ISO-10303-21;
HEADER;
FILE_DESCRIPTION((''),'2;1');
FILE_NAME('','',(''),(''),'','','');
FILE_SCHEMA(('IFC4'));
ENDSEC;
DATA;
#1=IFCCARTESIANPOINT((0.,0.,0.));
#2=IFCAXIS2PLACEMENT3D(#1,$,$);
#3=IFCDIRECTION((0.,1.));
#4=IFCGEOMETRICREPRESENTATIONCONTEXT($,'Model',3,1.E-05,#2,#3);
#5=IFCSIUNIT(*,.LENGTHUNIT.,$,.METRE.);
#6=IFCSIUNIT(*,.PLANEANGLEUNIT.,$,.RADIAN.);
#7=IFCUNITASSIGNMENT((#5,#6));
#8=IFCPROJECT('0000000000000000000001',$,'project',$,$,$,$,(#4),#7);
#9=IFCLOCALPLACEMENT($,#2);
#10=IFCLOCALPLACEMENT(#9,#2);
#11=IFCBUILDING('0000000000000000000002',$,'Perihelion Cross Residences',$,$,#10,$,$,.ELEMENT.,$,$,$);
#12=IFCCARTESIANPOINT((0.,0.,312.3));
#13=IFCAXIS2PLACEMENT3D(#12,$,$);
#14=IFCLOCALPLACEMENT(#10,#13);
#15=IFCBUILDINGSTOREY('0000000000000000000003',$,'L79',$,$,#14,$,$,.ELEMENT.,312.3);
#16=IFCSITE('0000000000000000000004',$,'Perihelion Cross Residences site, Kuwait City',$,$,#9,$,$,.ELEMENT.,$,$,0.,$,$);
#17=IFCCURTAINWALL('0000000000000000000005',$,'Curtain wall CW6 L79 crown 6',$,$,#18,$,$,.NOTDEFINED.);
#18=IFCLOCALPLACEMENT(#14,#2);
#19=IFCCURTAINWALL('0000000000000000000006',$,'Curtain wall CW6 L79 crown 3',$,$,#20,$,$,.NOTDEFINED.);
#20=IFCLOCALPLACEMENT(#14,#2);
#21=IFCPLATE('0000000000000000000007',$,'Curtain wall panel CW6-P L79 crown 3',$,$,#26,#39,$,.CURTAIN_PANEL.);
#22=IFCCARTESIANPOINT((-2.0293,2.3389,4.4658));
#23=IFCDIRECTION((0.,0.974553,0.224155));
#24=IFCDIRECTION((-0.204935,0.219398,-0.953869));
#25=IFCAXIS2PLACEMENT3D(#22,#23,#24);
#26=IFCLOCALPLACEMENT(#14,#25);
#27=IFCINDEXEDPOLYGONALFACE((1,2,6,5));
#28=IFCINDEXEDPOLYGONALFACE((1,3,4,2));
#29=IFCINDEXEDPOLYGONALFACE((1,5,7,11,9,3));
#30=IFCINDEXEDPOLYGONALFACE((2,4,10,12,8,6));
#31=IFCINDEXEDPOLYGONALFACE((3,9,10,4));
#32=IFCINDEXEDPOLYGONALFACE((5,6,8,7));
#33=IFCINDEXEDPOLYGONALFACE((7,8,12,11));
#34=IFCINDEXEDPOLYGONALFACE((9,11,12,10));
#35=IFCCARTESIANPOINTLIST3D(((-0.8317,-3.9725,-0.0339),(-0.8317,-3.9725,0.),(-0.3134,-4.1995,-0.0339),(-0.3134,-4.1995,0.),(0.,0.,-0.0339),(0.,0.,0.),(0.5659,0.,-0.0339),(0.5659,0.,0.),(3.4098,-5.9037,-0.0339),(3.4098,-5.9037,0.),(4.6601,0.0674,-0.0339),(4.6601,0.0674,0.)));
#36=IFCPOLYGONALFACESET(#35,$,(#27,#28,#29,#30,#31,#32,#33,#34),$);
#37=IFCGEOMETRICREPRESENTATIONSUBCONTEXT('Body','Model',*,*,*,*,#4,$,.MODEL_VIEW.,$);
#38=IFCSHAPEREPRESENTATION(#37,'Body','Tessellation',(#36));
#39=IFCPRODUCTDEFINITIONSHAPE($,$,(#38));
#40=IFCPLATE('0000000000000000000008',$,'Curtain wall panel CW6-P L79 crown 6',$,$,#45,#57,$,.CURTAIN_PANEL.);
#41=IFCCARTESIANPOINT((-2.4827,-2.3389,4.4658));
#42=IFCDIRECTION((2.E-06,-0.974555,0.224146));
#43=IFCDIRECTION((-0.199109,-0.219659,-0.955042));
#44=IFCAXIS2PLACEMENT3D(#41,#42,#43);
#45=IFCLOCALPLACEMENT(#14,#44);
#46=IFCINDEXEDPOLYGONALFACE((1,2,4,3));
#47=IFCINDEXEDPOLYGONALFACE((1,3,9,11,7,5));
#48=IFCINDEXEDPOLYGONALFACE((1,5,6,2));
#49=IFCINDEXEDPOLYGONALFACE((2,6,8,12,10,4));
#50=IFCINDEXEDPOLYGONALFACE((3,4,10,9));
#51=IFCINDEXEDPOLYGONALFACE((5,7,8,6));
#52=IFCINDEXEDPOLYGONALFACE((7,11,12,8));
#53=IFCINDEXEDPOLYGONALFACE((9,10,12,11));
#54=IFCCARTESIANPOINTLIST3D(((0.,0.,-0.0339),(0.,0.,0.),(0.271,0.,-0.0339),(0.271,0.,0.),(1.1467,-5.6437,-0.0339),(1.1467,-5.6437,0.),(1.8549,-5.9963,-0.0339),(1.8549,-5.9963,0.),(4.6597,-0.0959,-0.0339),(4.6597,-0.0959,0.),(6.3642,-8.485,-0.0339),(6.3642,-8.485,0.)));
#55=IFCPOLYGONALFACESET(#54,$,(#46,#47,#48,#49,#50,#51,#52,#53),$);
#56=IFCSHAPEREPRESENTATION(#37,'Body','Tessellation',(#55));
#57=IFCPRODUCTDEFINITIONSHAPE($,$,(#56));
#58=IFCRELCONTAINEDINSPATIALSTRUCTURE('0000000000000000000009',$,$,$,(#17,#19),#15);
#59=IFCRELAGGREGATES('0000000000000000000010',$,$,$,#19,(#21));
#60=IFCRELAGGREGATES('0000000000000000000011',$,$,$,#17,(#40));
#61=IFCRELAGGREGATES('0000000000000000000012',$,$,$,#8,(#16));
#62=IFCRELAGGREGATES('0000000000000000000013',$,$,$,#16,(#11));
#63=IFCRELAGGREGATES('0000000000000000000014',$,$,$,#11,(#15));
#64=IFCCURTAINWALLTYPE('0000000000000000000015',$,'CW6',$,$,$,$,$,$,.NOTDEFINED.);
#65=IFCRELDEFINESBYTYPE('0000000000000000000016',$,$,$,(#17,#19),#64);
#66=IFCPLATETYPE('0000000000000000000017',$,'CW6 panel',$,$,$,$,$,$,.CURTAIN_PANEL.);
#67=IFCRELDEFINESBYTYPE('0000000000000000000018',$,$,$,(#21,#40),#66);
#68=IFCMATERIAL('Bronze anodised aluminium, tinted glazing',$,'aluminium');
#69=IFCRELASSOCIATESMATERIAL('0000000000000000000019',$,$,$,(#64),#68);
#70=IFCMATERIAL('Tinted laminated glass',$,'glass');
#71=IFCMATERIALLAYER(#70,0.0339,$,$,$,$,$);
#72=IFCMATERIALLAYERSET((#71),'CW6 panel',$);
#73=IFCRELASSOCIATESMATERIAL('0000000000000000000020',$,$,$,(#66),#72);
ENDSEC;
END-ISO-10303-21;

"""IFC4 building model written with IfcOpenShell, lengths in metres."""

from ifc_helpers import new_model, si_unit, direction, frame, origin, place, context, subcontext, project, spatial, polyline, outline, extrude, material, layer, layer_set, type_object, element, aggregate, save


model = new_model("IFC4")

# Units and contexts
model_context = context("Model", 3, precision=1e-05, world=origin(), true_north=direction((0.0, 1.0)))
body_context = subcontext(model_context, "Body", "Model", "MODEL_VIEW")
ifc_project = project(units=[si_unit("LENGTHUNIT", "METRE"), si_unit("PLANEANGLEUNIT", "RADIAN")], contexts=[model_context])

# Site, building, storey
site_placement = place(None, origin())
site = spatial("IfcSite", under=ifc_project, at=site_placement, Name="Perihelion Cross Residences site, Kuwait City", CompositionType="ELEMENT", RefElevation=0.0)
building_placement = place(site_placement, origin())
building = spatial("IfcBuilding", under=site, at=building_placement, Name="Perihelion Cross Residences", CompositionType="ELEMENT")
storey_placement = place(building_placement, frame((0.0, 0.0, 312.3)))
storey = spatial("IfcBuildingStorey", under=building, at=storey_placement, Name="L79", CompositionType="ELEMENT", Elevation=312.3)

# Curtain wall
ifc_material_1 = material(Name="Bronze anodised aluminium, tinted glazing", Category="aluminium")
curtain_wall_type = type_object("IfcCurtainWallType", Name="CW6", PredefinedType="NOTDEFINED", material=ifc_material_1)
curtain_wall_1_placement = place(storey_placement, origin())
curtain_wall_1 = element("IfcCurtainWall", 1, at=curtain_wall_1_placement, inside=storey, type_object=curtain_wall_type, Name="Curtain wall CW6 L79 crown 6", PredefinedType="NOTDEFINED")

# Curtain wall, plate
curtain_wall_2_placement = place(storey_placement, origin())
curtain_wall_2 = element("IfcCurtainWall", 2, at=curtain_wall_2_placement, inside=storey, type_object=curtain_wall_type, Name="Curtain wall CW6 L79 crown 3", PredefinedType="NOTDEFINED")
ifc_material_2 = material(Name="Tinted laminated glass", Category="glass")
ifc_layer_1 = layer(ifc_material_2, 0.0339)
ifc_layer_set_1 = layer_set([ifc_layer_1], Name="CW6 panel")
plate_type = type_object("IfcPlateType", Name="CW6 panel", PredefinedType="CURTAIN_PANEL", material=ifc_layer_set_1)
plate_1_placement = place(storey_placement, frame((-2.0293, 2.3389, 4.4658), z_axis=(0.0, 0.974553, 0.224155), x_axis=(-0.204935, 0.219398, -0.953869)))
plate_1 = element("IfcPlate", 3, at=plate_1_placement, type_object=plate_type, Name="Curtain wall panel CW6-P L79 crown 3", PredefinedType="CURTAIN_PANEL", context=body_context, shape_type="SweptSolid", body=[
    extrude(outline(polyline([(0.0, 0.0), (0.5659, 0.0), (4.6601, 0.0674), (3.4098, -5.9037), (-0.3134, -4.1995), (-0.8317, -3.9725), (0.0, 0.0)])), origin(), (0.0, 0.0, -1.0), 0.0339),
])
aggregate(curtain_wall_2, [plate_1])

# Plate
plate_2_placement = place(storey_placement, frame((-2.4827, -2.3389, 4.4658), z_axis=(0.000002, -0.974555, 0.224146), x_axis=(-0.199109, -0.219659, -0.955042)))
plate_2 = element("IfcPlate", 4, at=plate_2_placement, type_object=plate_type, Name="Curtain wall panel CW6-P L79 crown 6", PredefinedType="CURTAIN_PANEL", context=body_context, shape_type="SweptSolid", body=[
    extrude(outline(polyline([(0.0, 0.0), (0.271, 0.0), (4.6597, -0.0959), (6.3642, -8.485), (1.8549, -5.9963), (1.1467, -5.6437), (0.0, 0.0)])), origin(), (0.0, 0.0, -1.0), 0.0339),
])
aggregate(curtain_wall_1, [plate_2])

save(model, "model.ifc")
